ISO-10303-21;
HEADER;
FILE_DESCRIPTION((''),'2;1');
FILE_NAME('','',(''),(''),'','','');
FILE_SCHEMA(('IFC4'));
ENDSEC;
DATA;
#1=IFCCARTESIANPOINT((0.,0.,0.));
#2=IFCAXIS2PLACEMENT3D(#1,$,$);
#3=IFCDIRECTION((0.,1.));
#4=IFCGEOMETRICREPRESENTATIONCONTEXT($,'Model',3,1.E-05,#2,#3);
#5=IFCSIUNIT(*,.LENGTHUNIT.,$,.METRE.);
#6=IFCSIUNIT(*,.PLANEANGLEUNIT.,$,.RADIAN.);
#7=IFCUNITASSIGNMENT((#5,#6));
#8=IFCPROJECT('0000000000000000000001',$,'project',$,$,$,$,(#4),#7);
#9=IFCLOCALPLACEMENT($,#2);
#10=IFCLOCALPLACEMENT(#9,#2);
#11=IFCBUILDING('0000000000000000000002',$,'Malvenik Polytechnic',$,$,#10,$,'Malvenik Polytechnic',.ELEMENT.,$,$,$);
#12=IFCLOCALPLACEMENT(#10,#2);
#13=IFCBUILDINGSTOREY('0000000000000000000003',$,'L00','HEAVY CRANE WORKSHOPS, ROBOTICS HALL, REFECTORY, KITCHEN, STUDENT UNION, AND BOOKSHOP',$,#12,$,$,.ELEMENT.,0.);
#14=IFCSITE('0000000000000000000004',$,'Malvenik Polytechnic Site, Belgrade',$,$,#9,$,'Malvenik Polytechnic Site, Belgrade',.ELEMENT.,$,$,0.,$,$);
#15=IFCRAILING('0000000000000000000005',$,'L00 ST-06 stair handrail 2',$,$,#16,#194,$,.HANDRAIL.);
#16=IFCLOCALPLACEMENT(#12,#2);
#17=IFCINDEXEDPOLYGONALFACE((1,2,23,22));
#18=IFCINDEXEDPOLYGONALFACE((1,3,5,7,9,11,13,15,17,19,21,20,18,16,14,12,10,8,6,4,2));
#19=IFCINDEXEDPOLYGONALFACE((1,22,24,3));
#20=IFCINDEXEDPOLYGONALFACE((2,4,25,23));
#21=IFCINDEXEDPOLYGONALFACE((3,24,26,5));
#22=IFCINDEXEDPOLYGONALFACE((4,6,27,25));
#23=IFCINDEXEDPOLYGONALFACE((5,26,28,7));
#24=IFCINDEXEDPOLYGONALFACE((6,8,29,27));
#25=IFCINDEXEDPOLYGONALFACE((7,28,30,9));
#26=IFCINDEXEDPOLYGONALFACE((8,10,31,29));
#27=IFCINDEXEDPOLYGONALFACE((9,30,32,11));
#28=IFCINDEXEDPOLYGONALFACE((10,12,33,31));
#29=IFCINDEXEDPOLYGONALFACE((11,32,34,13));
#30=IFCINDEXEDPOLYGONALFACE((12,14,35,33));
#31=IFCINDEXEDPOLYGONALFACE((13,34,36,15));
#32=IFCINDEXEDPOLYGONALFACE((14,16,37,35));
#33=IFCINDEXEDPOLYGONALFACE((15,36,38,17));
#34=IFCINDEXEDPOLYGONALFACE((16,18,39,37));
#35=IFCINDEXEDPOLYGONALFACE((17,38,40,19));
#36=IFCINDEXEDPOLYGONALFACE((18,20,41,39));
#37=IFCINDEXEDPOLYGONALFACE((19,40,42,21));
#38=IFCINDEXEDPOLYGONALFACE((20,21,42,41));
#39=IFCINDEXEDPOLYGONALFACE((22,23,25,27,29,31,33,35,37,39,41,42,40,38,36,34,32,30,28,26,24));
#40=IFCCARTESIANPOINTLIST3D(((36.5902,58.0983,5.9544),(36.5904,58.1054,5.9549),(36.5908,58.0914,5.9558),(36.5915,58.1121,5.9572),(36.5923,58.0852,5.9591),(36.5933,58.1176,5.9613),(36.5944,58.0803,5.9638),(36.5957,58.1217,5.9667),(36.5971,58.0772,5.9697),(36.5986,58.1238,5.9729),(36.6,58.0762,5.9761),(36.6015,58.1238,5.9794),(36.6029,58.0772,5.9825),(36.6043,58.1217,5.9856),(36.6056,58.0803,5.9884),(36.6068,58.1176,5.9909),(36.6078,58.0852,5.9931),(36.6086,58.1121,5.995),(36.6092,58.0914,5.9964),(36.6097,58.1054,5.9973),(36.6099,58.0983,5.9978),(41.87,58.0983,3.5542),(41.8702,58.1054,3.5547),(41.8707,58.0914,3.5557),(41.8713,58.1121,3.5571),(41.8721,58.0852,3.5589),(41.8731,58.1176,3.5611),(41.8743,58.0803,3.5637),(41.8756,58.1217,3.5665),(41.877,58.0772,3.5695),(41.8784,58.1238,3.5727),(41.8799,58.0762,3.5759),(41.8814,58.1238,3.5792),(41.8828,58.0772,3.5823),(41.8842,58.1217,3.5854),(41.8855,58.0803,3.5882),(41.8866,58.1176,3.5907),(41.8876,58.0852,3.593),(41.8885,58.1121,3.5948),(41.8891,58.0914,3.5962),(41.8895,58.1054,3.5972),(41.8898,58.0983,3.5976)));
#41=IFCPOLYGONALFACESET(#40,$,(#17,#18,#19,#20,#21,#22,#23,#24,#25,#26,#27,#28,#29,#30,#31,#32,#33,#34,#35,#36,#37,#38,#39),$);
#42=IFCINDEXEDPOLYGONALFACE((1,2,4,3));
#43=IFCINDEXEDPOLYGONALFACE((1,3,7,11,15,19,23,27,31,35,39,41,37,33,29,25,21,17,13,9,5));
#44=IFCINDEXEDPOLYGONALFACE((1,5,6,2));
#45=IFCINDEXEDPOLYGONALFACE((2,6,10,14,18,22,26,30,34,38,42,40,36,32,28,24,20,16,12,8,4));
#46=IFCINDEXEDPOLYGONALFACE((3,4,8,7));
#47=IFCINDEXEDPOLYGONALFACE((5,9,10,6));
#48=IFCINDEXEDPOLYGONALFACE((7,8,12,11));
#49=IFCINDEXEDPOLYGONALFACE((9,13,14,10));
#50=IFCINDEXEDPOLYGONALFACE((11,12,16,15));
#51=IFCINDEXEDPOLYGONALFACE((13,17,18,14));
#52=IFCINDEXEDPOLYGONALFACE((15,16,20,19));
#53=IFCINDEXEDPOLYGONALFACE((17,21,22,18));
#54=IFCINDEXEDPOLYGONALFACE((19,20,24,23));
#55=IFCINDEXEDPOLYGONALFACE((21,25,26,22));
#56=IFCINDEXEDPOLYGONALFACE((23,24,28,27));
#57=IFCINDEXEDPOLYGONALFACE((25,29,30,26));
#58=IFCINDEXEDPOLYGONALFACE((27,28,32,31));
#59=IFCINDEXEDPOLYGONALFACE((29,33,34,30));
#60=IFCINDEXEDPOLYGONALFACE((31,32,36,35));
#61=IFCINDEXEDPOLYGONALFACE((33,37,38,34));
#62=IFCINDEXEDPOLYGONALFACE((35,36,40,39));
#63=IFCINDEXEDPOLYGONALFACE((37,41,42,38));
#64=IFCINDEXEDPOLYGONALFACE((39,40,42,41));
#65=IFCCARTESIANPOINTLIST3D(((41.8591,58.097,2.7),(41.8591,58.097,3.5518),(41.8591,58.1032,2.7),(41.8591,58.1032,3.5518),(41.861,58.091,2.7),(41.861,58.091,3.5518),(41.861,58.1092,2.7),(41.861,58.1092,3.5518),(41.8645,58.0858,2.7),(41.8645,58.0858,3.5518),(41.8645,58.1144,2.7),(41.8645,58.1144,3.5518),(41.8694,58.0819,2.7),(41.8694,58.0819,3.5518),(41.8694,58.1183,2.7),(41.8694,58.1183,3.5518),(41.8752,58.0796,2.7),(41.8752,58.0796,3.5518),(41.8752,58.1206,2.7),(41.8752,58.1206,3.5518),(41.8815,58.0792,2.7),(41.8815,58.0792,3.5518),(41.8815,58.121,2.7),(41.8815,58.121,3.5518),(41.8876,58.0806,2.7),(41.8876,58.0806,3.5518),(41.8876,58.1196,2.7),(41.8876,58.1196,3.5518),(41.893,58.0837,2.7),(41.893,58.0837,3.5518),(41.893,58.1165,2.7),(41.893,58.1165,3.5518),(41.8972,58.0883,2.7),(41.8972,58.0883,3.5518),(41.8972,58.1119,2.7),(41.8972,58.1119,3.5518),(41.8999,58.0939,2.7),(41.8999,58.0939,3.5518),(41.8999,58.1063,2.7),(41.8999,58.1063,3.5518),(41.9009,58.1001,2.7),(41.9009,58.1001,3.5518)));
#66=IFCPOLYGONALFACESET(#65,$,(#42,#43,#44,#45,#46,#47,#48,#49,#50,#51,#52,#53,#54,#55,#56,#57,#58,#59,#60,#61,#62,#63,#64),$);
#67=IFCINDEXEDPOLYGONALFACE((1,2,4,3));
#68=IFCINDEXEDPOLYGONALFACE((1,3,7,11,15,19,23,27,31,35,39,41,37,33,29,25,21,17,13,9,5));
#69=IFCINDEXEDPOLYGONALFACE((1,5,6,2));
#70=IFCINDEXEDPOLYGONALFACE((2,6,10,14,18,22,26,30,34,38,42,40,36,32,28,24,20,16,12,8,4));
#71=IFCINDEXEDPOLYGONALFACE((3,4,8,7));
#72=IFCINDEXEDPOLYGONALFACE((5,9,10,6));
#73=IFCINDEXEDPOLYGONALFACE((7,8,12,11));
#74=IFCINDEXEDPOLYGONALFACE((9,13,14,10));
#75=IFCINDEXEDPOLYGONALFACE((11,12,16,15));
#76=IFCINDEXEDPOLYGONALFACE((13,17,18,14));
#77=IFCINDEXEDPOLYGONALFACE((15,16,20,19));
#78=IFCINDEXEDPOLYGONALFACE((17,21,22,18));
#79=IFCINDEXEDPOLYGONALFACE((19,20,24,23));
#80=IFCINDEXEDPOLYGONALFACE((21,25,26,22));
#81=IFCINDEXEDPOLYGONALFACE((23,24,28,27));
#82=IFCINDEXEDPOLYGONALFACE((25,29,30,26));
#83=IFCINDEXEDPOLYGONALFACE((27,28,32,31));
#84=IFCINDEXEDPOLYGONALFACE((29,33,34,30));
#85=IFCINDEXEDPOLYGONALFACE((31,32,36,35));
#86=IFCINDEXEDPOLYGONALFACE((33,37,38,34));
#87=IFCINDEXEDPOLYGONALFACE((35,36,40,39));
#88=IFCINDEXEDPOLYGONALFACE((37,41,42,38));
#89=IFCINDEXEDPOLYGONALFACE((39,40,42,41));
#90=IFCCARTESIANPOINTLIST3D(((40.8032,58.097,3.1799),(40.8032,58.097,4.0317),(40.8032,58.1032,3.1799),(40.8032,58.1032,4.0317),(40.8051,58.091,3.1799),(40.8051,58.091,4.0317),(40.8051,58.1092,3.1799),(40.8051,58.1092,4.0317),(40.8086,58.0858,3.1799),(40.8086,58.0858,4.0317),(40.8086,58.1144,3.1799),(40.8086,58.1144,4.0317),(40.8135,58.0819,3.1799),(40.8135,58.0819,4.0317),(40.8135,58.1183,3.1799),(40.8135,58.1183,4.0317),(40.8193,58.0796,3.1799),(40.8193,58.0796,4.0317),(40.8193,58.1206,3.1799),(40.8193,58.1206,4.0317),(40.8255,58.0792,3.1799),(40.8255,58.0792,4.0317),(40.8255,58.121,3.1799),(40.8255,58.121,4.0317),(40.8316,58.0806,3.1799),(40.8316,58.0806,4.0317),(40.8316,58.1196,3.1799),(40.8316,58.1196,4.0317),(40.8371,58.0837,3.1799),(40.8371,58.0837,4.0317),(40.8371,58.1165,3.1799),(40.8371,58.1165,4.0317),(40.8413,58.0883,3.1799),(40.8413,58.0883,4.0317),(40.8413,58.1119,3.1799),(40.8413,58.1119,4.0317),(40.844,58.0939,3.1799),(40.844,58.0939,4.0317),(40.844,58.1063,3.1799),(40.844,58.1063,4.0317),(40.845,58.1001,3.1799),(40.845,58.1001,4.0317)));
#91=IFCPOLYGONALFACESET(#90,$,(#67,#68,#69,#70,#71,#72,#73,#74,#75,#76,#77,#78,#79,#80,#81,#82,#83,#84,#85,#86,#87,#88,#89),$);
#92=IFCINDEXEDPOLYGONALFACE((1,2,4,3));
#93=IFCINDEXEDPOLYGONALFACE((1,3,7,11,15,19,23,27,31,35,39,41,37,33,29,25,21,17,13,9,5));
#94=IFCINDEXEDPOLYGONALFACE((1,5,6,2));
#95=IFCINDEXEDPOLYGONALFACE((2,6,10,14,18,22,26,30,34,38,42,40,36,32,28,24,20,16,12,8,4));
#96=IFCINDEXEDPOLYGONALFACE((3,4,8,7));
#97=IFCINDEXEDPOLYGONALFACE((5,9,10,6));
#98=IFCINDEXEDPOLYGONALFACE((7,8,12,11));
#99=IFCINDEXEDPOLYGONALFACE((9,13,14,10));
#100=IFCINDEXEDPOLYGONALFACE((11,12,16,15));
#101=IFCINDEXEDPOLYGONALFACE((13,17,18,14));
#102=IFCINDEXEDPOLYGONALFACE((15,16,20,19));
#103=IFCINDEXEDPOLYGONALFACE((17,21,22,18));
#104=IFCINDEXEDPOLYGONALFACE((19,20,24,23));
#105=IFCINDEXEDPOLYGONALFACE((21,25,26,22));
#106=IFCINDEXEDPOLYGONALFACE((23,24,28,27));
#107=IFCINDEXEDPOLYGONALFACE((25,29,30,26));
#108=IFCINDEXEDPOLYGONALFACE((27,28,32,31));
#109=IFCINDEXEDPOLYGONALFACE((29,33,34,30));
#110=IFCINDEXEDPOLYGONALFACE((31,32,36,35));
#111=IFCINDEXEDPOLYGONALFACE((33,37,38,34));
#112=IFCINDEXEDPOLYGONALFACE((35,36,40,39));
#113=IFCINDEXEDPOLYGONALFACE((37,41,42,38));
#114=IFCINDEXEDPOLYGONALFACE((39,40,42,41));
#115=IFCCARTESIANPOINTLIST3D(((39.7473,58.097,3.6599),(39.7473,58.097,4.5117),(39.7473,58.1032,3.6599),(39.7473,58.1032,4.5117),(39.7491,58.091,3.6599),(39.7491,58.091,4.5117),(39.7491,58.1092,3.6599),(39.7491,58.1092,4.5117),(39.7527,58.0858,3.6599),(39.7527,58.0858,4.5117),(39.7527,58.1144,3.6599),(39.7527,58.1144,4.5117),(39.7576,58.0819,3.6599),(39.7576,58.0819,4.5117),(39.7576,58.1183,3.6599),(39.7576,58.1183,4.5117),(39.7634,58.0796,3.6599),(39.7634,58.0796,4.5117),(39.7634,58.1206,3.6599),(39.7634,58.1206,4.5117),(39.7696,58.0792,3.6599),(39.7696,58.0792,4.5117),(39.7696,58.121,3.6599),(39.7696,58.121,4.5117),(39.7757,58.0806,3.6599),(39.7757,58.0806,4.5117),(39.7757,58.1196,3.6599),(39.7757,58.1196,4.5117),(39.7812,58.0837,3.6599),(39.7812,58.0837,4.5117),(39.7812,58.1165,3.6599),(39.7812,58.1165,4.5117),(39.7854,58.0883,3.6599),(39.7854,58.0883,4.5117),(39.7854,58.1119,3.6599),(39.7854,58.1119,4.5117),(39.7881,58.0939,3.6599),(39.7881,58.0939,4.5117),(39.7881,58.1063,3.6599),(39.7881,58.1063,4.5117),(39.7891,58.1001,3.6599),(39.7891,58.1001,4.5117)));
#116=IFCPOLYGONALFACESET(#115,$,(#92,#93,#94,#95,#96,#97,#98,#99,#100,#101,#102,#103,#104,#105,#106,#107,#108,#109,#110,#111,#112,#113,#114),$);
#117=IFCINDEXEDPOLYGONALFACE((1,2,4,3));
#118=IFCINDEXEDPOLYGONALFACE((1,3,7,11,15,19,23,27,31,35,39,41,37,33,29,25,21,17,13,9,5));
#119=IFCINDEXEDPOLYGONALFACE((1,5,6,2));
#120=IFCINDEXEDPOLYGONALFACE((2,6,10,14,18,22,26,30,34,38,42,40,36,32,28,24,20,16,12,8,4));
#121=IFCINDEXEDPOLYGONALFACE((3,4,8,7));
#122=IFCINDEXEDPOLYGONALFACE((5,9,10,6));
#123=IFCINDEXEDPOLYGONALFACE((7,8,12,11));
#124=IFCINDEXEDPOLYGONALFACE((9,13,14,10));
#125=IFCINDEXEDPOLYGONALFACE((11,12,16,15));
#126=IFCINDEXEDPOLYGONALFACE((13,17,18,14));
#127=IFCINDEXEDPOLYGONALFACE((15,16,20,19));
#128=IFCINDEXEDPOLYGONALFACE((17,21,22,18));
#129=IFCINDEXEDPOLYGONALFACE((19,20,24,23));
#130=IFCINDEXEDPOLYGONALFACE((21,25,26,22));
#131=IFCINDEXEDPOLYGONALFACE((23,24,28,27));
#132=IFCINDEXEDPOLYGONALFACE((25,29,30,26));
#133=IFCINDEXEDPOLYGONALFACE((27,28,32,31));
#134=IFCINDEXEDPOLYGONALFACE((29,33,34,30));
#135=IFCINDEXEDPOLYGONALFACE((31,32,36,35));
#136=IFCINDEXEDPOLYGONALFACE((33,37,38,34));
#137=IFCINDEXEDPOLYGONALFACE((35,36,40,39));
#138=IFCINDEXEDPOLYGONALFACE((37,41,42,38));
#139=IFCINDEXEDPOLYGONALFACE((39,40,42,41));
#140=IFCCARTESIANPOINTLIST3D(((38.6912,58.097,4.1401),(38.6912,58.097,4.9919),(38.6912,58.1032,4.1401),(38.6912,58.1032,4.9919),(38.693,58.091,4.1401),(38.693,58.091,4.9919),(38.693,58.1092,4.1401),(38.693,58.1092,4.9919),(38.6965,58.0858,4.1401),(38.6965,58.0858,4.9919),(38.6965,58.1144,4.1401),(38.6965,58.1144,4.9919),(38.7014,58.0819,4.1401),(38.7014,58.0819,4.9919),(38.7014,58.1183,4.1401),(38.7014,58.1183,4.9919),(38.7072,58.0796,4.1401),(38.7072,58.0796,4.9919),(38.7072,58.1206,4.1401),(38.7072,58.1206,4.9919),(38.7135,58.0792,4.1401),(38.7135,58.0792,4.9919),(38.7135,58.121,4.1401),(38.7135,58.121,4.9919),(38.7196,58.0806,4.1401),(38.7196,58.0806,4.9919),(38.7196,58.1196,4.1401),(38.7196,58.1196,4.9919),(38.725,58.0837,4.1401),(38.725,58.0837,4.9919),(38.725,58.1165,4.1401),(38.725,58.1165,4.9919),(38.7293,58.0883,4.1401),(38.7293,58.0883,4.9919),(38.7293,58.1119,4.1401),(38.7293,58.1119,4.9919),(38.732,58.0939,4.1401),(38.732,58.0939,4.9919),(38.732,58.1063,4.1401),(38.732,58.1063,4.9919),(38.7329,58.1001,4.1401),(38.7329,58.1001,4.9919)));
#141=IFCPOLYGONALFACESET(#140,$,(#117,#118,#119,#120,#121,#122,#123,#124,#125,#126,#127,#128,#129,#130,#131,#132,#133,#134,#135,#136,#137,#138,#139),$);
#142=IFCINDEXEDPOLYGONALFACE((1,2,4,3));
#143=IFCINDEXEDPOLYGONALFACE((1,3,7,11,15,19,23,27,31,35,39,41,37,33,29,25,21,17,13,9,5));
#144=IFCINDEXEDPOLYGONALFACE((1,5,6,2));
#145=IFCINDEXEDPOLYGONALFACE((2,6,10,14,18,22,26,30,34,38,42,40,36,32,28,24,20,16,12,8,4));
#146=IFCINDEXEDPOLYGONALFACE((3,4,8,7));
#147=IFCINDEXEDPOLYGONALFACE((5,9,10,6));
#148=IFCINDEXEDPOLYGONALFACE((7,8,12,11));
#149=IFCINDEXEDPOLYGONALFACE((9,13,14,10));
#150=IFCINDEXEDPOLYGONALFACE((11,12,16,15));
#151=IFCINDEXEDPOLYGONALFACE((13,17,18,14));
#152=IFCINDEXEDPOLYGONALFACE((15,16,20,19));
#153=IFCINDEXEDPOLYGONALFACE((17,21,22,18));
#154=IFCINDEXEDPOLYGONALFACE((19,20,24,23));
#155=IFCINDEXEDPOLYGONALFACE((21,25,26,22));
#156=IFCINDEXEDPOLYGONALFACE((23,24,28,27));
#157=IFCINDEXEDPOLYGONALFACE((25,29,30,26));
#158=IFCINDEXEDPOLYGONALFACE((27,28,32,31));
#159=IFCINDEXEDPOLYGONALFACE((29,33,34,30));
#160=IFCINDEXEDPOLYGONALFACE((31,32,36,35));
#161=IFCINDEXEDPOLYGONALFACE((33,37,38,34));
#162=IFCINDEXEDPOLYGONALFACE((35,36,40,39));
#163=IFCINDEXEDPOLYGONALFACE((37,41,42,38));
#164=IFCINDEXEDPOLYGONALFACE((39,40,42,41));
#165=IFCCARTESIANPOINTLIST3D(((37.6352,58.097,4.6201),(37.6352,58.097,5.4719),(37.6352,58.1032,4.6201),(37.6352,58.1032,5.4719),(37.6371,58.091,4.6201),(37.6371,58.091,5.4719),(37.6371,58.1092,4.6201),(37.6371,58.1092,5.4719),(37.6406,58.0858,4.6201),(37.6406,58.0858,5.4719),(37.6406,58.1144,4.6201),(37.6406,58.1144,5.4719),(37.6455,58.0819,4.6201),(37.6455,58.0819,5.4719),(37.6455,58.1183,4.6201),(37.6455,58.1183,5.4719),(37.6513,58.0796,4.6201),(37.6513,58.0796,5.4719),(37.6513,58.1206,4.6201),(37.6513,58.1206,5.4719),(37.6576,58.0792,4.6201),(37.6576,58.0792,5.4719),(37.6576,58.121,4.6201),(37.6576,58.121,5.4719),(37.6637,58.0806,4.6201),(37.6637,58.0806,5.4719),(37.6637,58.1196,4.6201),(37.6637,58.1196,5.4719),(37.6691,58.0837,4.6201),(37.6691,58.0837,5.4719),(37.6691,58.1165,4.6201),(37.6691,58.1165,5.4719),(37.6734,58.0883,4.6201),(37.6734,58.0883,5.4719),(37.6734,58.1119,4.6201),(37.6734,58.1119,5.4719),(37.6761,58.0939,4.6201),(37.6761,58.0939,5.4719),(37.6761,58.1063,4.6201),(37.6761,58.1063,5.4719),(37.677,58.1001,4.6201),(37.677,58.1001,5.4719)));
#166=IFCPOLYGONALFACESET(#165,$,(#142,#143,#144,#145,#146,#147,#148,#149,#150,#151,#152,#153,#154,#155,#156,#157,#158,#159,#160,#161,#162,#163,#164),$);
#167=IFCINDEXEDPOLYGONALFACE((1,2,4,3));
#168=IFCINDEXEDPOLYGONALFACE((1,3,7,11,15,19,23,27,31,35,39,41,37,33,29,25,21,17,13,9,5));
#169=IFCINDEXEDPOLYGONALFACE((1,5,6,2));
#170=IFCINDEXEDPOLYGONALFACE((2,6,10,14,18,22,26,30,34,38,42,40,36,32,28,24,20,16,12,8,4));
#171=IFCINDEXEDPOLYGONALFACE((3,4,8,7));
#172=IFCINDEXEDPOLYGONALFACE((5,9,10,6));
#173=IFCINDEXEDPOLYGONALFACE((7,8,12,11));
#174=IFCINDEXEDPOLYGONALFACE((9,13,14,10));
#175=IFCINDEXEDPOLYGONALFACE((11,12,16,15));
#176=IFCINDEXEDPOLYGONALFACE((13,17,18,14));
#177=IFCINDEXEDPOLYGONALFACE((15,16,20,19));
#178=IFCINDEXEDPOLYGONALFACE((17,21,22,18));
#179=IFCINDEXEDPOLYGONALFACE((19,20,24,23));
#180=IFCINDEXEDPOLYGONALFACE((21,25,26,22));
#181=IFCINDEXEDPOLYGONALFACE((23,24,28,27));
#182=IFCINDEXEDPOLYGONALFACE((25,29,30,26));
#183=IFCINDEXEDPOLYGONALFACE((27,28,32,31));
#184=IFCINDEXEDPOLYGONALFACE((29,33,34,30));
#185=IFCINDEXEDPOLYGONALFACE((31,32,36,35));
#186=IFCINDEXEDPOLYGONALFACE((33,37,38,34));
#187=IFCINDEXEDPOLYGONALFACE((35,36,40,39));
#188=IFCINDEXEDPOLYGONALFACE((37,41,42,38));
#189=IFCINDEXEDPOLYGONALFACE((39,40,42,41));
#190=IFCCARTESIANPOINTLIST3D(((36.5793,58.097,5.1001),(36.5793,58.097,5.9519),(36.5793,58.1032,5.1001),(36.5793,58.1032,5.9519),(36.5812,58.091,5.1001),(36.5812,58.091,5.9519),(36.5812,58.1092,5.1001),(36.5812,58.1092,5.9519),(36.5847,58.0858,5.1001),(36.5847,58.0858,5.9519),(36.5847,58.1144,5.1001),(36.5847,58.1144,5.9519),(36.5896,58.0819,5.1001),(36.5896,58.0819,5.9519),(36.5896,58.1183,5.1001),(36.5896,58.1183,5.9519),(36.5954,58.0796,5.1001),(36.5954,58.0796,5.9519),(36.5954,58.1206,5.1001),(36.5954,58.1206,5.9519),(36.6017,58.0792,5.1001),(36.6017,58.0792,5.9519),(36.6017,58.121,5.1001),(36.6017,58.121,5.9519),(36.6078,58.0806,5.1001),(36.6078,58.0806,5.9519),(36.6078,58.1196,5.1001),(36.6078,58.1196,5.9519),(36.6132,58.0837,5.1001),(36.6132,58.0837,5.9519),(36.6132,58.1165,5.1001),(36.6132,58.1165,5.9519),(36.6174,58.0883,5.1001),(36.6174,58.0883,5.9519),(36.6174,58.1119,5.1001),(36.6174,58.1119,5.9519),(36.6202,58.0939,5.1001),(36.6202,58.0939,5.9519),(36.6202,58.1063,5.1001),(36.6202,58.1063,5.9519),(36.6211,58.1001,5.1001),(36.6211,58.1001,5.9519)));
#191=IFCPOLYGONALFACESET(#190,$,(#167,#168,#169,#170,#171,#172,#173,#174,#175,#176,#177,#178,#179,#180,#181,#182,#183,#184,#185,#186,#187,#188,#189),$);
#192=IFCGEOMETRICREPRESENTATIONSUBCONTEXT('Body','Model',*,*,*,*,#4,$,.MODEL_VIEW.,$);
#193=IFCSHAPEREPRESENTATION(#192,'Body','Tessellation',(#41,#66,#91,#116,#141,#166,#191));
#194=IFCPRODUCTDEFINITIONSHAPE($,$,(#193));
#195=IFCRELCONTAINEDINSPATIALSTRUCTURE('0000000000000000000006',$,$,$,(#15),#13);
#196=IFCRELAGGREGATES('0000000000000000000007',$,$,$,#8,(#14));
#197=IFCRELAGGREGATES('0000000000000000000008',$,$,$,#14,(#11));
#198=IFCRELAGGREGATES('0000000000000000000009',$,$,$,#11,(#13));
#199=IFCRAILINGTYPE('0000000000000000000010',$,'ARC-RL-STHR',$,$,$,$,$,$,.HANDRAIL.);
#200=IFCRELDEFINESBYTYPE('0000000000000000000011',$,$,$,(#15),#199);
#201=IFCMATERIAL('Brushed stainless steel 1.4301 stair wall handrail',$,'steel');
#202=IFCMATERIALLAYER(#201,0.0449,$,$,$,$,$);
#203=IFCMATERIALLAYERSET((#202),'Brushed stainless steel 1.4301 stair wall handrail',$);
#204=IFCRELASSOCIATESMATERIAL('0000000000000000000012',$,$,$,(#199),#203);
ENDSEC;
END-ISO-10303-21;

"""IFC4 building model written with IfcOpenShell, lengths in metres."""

from ifc_helpers import new_model, si_unit, direction, frame, origin, origin_2d, place, context, subcontext, project, spatial, circle, extrude, material, layer, layer_set, type_object, element, save


model = new_model("IFC4")

# Units and contexts
model_context = context("Model", 3, precision=1e-05, world=origin(), true_north=direction((0.0, 1.0)))
body_context = subcontext(model_context, "Body", "Model", "MODEL_VIEW")
ifc_project = project(units=[si_unit("LENGTHUNIT", "METRE"), si_unit("PLANEANGLEUNIT", "RADIAN")], contexts=[model_context])

# Site, building, storey
site_placement = place(None, origin())
site = spatial("IfcSite", under=ifc_project, at=site_placement, Name="Malvenik Polytechnic Site, Belgrade", LongName="Malvenik Polytechnic Site, Belgrade", CompositionType="ELEMENT", RefElevation=0.0)
building_placement = place(site_placement, origin())
building = spatial("IfcBuilding", under=site, at=building_placement, Name="Malvenik Polytechnic", LongName="Malvenik Polytechnic", CompositionType="ELEMENT")
storey_placement = place(building_placement, origin())
storey = spatial("IfcBuildingStorey", under=building, at=storey_placement, Name="L00", Description="HEAVY CRANE WORKSHOPS, ROBOTICS HALL, REFECTORY, KITCHEN, STUDENT UNION, AND BOOKSHOP", CompositionType="ELEMENT", Elevation=0.0)

# Railing
ifc_material_1 = material(Name="Brushed stainless steel 1.4301 stair wall handrail", Category="steel")
ifc_layer_1 = layer(ifc_material_1, 0.0449)
ifc_layer_set_1 = layer_set([ifc_layer_1], Name="Brushed stainless steel 1.4301 stair wall handrail")
railing_type_1 = type_object("IfcRailingType", Name="ARC-RL-STHR", PredefinedType="HANDRAIL", material=ifc_layer_set_1)
railing_1_placement = place(storey_placement, frame((41.8799, 58.1001, 2.7)))
element("IfcRailing", 1, at=railing_1_placement, inside=storey, type_object=railing_type_1, Name="L00 ST-06 stair handrail 2", PredefinedType="HANDRAIL", context=body_context, shape_type="SweptSolid", body=[
    extrude(circle(Radius=0.0239, at=origin_2d()), frame((0.0, 0.0, 0.876), z_axis=(-0.910351, 0.0, 0.413838), x_axis=(0.0, -1.0, 0.0)), (0.0, 0.0, 1.0), 5.7998),
    extrude(circle(Radius=0.021, at=origin_2d()), origin(), (0.0, 0.0, 1.0), 0.8518),
    extrude(circle(Radius=0.021, at=origin_2d()), frame((-1.0559, 0.0, 0.48)), (0.0, 0.0, 1.0), 0.8518),
    extrude(circle(Radius=0.021, at=origin_2d()), frame((-2.1118, 0.0, 0.96)), (0.0, 0.0, 1.0), 0.8518),
    extrude(circle(Radius=0.021, at=origin_2d()), frame((-3.168, 0.0, 1.4402)), (0.0, 0.0, 1.0), 0.8518),
    extrude(circle(Radius=0.021, at=origin_2d()), frame((-4.2239, 0.0, 1.9202)), (0.0, 0.0, 1.0), 0.8518),
    extrude(circle(Radius=0.021, at=origin_2d()), frame((-5.2798, 0.0, 2.4001)), (0.0, 0.0, 1.0), 0.8518),
])

save(model, "model.ifc")
